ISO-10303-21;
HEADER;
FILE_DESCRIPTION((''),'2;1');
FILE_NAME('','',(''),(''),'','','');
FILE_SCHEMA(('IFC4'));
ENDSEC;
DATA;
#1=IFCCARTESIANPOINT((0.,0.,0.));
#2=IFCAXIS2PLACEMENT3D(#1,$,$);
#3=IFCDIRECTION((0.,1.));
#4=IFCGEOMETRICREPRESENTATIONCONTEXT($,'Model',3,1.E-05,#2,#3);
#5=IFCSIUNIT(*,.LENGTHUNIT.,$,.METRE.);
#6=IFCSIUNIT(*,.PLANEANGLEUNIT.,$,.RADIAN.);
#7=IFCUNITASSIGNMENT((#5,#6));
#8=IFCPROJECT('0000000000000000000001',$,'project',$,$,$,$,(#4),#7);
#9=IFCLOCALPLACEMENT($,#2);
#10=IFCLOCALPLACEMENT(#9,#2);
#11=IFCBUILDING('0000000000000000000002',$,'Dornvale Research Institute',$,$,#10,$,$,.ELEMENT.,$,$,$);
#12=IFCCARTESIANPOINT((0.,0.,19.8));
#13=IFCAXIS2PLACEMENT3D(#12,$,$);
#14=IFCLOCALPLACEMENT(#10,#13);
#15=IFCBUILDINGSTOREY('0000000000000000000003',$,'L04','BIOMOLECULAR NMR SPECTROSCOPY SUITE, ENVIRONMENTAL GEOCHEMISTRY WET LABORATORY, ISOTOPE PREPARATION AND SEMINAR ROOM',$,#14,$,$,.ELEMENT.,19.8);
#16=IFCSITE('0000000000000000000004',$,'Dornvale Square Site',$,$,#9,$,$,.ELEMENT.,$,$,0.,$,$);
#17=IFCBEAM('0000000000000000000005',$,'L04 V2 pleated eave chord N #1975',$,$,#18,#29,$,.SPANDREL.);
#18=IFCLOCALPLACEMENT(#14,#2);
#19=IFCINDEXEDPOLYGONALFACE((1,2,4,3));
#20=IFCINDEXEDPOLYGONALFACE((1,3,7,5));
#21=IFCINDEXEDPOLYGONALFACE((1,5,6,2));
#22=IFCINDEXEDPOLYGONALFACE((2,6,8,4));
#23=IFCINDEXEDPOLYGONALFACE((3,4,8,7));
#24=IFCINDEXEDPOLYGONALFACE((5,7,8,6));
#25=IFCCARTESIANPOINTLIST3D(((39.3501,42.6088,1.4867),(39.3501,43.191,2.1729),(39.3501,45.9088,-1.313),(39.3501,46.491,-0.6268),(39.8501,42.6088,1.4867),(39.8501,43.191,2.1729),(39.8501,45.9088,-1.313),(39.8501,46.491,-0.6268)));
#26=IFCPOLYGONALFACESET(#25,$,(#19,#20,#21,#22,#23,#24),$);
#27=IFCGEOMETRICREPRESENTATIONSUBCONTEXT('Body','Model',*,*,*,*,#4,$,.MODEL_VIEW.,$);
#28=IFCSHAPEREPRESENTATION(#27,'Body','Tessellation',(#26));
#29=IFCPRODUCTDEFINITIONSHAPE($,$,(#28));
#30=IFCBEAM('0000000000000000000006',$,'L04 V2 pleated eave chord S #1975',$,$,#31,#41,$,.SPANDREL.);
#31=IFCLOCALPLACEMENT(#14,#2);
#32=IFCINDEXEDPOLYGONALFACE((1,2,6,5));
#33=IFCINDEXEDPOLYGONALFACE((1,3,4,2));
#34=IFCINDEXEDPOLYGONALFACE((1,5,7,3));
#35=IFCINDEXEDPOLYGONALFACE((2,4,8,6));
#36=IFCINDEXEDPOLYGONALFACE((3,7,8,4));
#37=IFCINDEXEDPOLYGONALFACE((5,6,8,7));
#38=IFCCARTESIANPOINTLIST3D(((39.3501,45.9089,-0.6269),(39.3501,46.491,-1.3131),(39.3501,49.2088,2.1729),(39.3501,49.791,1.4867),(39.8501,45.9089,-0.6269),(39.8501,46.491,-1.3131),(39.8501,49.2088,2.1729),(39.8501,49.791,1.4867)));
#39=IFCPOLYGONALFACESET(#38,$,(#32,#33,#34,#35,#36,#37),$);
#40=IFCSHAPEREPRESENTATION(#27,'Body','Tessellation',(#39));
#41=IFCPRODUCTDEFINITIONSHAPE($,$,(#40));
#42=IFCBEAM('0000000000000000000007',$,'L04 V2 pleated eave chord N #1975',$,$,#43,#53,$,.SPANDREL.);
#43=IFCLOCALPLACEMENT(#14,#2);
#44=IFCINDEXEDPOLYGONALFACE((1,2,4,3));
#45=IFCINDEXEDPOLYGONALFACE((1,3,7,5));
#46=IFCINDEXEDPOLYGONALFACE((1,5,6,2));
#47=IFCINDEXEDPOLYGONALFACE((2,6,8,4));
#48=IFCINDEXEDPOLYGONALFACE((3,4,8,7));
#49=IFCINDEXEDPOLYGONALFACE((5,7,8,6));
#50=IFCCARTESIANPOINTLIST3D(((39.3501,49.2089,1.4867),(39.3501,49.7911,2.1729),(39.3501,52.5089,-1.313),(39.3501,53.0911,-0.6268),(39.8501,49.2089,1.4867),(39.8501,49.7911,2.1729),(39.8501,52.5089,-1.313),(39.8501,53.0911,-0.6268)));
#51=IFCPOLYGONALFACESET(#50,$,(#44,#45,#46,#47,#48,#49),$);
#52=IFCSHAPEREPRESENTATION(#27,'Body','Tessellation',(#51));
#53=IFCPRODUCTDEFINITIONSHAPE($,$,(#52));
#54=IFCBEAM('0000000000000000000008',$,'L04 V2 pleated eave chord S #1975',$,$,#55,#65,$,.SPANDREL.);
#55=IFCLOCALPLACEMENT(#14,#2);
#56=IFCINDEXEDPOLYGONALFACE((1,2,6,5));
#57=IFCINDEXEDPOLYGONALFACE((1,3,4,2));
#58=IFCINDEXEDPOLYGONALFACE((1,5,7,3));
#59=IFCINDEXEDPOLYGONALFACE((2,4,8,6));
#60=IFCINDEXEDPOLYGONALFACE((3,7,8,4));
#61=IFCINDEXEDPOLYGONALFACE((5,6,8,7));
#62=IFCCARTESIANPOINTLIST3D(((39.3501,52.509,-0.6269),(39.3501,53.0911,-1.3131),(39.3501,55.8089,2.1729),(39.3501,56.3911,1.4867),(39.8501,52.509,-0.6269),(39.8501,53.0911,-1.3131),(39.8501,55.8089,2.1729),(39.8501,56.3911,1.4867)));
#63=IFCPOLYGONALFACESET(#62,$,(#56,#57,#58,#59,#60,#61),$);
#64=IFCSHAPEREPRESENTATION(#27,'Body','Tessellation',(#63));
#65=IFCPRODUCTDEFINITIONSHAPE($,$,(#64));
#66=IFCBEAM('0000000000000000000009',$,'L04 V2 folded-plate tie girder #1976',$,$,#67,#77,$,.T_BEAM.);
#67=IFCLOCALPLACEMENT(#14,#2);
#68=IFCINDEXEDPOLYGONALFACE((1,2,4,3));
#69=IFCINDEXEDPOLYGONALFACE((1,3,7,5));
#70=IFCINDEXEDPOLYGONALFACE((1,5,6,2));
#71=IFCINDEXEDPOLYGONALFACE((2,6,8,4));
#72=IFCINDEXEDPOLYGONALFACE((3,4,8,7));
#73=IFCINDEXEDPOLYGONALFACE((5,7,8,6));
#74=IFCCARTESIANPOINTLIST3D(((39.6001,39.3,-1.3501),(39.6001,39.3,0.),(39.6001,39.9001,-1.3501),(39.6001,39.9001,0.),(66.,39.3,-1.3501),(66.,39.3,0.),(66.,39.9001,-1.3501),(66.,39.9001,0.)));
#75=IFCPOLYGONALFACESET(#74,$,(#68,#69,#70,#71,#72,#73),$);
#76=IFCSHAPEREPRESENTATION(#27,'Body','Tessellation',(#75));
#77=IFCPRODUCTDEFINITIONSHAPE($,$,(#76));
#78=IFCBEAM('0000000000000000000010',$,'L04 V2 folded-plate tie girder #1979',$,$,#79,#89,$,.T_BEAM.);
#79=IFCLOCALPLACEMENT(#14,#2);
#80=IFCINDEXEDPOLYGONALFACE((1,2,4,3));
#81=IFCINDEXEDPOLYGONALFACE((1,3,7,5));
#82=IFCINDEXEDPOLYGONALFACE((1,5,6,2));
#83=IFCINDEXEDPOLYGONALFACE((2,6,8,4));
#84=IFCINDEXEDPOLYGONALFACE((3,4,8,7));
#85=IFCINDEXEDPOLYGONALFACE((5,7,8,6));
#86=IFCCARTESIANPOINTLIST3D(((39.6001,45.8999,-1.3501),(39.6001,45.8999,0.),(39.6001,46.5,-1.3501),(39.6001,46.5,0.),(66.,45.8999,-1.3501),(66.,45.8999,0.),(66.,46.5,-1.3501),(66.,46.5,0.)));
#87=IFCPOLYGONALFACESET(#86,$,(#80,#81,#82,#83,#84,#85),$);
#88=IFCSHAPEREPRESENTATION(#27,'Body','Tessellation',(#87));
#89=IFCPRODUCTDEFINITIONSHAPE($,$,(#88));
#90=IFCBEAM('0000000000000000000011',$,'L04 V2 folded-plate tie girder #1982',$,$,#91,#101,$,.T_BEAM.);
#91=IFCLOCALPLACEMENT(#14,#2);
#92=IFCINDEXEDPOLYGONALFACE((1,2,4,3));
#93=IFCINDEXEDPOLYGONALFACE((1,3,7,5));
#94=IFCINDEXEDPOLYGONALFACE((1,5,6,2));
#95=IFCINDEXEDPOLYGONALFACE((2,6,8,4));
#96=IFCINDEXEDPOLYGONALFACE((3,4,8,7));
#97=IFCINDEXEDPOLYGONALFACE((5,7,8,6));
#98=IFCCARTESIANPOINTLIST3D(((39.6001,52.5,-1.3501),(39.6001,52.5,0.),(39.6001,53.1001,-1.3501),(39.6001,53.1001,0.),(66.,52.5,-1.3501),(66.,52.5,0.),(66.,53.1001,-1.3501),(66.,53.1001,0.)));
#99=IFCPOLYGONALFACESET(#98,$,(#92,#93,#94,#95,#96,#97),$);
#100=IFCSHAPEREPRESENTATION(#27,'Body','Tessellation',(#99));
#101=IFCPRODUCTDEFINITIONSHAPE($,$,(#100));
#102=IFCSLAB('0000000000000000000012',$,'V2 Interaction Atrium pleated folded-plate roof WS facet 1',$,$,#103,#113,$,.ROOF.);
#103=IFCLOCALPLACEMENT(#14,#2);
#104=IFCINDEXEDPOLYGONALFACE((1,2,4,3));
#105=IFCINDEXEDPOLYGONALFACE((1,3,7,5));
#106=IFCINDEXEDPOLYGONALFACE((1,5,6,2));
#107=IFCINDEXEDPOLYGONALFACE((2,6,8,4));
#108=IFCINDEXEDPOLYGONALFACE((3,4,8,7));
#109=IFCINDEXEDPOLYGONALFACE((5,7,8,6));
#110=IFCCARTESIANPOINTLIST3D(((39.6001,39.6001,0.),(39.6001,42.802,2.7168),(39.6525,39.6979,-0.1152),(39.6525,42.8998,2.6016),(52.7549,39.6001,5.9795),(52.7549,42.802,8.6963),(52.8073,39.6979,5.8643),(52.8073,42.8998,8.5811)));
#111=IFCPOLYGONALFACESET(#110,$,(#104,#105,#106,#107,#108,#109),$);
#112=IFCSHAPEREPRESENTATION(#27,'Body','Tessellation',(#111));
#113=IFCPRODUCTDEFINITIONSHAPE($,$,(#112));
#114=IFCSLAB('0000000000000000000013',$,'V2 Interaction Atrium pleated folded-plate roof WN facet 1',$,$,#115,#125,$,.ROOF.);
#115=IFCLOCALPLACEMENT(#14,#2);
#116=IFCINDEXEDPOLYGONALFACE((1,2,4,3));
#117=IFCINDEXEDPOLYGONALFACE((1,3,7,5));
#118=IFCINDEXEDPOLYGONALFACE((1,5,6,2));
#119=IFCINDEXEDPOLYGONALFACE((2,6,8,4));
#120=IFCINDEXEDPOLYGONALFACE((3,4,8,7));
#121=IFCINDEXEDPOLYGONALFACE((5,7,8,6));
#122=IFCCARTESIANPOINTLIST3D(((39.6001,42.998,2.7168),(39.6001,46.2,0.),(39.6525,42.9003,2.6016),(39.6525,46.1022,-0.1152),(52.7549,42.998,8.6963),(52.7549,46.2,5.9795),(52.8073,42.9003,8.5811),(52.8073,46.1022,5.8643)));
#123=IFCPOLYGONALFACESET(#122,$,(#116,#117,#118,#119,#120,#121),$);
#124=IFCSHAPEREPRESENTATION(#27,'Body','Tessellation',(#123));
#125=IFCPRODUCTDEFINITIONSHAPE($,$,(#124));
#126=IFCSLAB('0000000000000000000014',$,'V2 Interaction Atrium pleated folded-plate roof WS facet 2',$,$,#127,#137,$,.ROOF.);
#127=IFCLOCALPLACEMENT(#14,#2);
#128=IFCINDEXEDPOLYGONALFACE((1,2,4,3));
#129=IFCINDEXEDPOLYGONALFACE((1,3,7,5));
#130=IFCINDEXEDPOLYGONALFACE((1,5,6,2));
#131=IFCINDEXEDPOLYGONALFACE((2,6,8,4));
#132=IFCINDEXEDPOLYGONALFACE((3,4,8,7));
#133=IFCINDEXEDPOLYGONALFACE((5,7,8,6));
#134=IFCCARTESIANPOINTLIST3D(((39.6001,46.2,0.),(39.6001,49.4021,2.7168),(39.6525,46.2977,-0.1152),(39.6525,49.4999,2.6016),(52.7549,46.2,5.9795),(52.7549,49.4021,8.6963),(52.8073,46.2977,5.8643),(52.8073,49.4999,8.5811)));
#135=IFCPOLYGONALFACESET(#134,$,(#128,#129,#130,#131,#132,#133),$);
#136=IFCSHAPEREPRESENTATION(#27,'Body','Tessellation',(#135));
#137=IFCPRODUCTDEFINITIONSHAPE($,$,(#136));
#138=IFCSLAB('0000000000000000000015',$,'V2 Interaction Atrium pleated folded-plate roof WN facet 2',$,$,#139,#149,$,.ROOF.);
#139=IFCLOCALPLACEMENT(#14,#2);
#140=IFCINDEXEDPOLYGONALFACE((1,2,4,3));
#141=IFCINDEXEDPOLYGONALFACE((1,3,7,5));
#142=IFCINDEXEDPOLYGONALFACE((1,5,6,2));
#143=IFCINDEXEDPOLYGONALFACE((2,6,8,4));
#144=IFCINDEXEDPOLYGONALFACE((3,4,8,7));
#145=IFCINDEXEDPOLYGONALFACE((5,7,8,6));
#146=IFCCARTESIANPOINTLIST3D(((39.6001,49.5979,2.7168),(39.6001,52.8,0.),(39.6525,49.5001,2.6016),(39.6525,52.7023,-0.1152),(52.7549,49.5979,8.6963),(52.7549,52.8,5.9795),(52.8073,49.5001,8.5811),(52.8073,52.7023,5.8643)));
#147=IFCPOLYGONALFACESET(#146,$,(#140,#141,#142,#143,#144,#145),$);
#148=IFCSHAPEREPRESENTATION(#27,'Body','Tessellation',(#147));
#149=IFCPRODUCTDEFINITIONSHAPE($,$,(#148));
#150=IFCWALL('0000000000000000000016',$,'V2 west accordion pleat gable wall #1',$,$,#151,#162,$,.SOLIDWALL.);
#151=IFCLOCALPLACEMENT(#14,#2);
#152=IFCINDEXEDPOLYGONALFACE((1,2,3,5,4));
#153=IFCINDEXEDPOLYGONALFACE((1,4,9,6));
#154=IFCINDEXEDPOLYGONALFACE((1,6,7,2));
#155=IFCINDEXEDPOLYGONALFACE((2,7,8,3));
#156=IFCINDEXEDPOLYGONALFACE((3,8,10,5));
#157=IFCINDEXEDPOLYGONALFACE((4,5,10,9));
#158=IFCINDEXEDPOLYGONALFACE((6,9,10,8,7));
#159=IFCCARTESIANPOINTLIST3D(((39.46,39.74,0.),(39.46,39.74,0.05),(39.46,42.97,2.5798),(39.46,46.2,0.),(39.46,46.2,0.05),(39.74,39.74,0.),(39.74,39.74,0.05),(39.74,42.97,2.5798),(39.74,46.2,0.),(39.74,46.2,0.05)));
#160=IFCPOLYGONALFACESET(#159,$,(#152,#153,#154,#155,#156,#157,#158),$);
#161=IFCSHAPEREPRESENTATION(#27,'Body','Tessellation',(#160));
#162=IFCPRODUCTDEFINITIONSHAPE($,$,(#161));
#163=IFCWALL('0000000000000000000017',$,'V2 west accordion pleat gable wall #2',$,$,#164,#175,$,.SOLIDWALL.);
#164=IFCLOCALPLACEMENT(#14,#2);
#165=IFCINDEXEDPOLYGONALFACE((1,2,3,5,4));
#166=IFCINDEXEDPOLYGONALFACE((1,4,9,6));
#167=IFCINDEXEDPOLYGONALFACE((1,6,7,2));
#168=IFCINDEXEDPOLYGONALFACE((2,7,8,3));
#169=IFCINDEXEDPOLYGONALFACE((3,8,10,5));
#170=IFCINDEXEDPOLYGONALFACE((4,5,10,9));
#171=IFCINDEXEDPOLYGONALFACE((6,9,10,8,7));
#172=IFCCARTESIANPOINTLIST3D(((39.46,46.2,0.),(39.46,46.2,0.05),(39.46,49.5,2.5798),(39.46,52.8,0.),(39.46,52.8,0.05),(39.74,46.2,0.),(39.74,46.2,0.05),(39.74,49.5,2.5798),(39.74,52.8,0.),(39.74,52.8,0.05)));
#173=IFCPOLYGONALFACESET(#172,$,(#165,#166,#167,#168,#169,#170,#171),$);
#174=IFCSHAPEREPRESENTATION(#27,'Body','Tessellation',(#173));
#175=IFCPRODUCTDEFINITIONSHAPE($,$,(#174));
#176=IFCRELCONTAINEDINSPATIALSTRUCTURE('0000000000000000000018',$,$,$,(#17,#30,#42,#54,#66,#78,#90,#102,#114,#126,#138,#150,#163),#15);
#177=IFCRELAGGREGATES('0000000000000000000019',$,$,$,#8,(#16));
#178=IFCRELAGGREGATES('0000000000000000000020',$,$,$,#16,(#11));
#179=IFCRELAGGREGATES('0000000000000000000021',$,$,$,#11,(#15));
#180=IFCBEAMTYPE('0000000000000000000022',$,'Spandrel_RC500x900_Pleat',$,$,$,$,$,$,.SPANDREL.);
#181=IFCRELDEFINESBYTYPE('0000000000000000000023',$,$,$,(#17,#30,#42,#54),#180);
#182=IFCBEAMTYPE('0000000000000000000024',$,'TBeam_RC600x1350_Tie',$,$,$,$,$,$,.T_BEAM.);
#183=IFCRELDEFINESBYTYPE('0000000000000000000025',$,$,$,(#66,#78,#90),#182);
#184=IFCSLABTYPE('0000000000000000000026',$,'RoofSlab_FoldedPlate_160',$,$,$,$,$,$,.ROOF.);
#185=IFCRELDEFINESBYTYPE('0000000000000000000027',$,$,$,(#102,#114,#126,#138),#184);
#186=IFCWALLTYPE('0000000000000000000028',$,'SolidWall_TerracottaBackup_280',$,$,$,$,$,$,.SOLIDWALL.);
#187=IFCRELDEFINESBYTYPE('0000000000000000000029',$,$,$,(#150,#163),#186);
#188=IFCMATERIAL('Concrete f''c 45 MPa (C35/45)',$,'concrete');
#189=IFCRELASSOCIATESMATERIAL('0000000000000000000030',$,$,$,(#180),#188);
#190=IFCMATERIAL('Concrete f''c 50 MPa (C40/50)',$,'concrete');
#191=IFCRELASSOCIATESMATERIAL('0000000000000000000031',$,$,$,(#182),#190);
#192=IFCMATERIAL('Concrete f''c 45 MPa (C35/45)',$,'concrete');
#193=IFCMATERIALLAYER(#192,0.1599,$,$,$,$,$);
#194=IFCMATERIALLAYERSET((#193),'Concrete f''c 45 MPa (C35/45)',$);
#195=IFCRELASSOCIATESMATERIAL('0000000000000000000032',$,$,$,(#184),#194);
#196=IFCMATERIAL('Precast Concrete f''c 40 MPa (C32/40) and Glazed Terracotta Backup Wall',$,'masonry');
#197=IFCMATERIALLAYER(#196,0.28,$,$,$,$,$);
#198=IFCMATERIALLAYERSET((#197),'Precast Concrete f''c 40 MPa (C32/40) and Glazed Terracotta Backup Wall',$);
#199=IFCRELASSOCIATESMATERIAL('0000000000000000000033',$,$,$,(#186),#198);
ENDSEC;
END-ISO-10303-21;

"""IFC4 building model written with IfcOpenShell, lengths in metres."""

from ifc_helpers import new_model, si_unit, direction, frame, origin, origin_2d, place, context, subcontext, project, spatial, polyline, rectangle, outline, extrude, material, layer, layer_set, material_profile, profile_set, type_object, element, save


model = new_model("IFC4")

# Units and contexts
model_context = context("Model", 3, precision=1e-05, world=origin(), true_north=direction((0.0, 1.0)))
body_context = subcontext(model_context, "Body", "Model", "MODEL_VIEW")
ifc_project = project(units=[si_unit("LENGTHUNIT", "METRE"), si_unit("PLANEANGLEUNIT", "RADIAN")], contexts=[model_context])

# Site, building, storey
site_placement = place(None, origin())
site = spatial("IfcSite", under=ifc_project, at=site_placement, Name="Dornvale Square Site", CompositionType="ELEMENT", RefElevation=0.0)
building_placement = place(site_placement, origin())
building = spatial("IfcBuilding", under=site, at=building_placement, Name="Dornvale Research Institute", CompositionType="ELEMENT")
storey_placement = place(building_placement, frame((0.0, 0.0, 19.8)))
storey = spatial("IfcBuildingStorey", under=building, at=storey_placement, Name="L04", Description="BIOMOLECULAR NMR SPECTROSCOPY SUITE, ENVIRONMENTAL GEOCHEMISTRY WET LABORATORY, ISOTOPE PREPARATION AND SEMINAR ROOM", CompositionType="ELEMENT", Elevation=19.8)

# Beams
ifc_material_1 = material(Name="Concrete f'c 45 MPa (C35/45)", Category="concrete")
ifc_material_profile_1 = material_profile(ifc_material_1, rectangle(XDim=0.5, YDim=0.8999, at=origin_2d()), Name="RC 500x900")
ifc_profile_set_1 = profile_set([ifc_material_profile_1], Name="Concrete f'c 45 MPa (C35/45)")
beam_type_1 = type_object("IfcBeamType", Name="Spandrel_RC500x900_Pleat", PredefinedType="SPANDREL", material=ifc_profile_set_1)
for number, where, z_axis, x_axis, name in (
    (1, (39.6001, 42.8999, 1.8298), (0.0, 0.762536, -0.646946), (-1.0, 0.0, 0.0), "L04 V2 pleated eave chord N #1975"),
    (2, (39.6001, 46.2, -0.97), (0.0, 0.762536, 0.646946), (-1.0, 0.0, 0.0), "L04 V2 pleated eave chord S #1975"),
    (3, (39.6001, 49.5, 1.8298), (0.0, 0.762536, -0.646946), (-1.0, 0.0, 0.0), "L04 V2 pleated eave chord N #1975"),
    (4, (39.6001, 52.8, -0.97), (0.0, 0.762536, 0.646946), (-1.0, 0.0, 0.0), "L04 V2 pleated eave chord S #1975"),
):
    element("IfcBeam", number, at=place(storey_placement, frame(where, z_axis=z_axis, x_axis=x_axis)), inside=storey, type_object=beam_type_1, Name=name, PredefinedType="SPANDREL", context=body_context, shape_type="SweptSolid", body=[
        extrude(rectangle(XDim=0.5, YDim=0.8999, at=origin_2d()), origin(), (0.0, 0.0, 1.0), 4.3276),
    ])
ifc_material_2 = material(Name="Concrete f'c 50 MPa (C40/50)", Category="concrete")
ifc_material_profile_2 = material_profile(ifc_material_2, rectangle(XDim=0.6001, YDim=1.3501, at=origin_2d()), Name="RC 600x1350")
ifc_profile_set_2 = profile_set([ifc_material_profile_2], Name="Concrete f'c 50 MPa (C40/50)")
beam_type_2 = type_object("IfcBeamType", Name="TBeam_RC600x1350_Tie", PredefinedType="T_BEAM", material=ifc_profile_set_2)
for number, where, z_axis, x_axis, name in (
    (5, (39.6001, 39.6001, -0.675), (1.0, 0.0, 0.0), (0.0, 1.0, 0.0), "L04 V2 folded-plate tie girder #1976"),
    (6, (39.6001, 46.2, -0.675), (1.0, 0.0, 0.0), (0.0, 1.0, 0.0), "L04 V2 folded-plate tie girder #1979"),
    (7, (39.6001, 52.8, -0.675), (1.0, 0.0, 0.0), (0.0, 1.0, 0.0), "L04 V2 folded-plate tie girder #1982"),
):
    element("IfcBeam", number, at=place(storey_placement, frame(where, z_axis=z_axis, x_axis=x_axis)), inside=storey, type_object=beam_type_2, Name=name, PredefinedType="T_BEAM", context=body_context, shape_type="SweptSolid", body=[
        extrude(rectangle(XDim=0.6001, YDim=1.3501, at=origin_2d()), origin(), (0.0, 0.0, 1.0), 26.3999),
    ])

# Slabs
ifc_material_3 = material(Name="Concrete f'c 45 MPa (C35/45)", Category="concrete")
ifc_layer_1 = layer(ifc_material_3, 0.1599)
ifc_layer_set_1 = layer_set([ifc_layer_1], Name="Concrete f'c 45 MPa (C35/45)")
slab_type = type_object("IfcSlabType", Name="RoofSlab_FoldedPlate_160", PredefinedType="ROOF", material=ifc_layer_set_1)
slab_1_placement = place(storey_placement, frame((39.6001, 39.6001, 0.0), z_axis=(-0.327484, -0.611305, 0.720459), x_axis=(0.910365, 0.0, 0.413805)))
element("IfcSlab", 8, at=slab_1_placement, inside=storey, type_object=slab_type, Name="V2 Interaction Atrium pleated folded-plate roof WS facet 1", PredefinedType="ROOF", context=body_context, shape_type="SweptSolid", body=[
    extrude(outline(polyline([(0.0, 0.0), (14.45, 0.0), (15.5742, 4.0459), (1.1242, 4.0459), (0.0, 0.0)])), origin(), (0.0, 0.0, -1.0), 0.1599),
])
slab_2_placement = place(storey_placement, frame((39.6001, 42.998, 2.7168), z_axis=(-0.327484, 0.611305, 0.720459), x_axis=(0.910365, 0.0, 0.413805)))
element("IfcSlab", 9, at=slab_2_placement, inside=storey, type_object=slab_type, Name="V2 Interaction Atrium pleated folded-plate roof WN facet 1", PredefinedType="ROOF", context=body_context, shape_type="SweptSolid", body=[
    extrude(outline(polyline([(0.0, 0.0), (14.45, 0.0), (13.3258, 4.0459), (-1.1242, 4.0459), (0.0, 0.0)])), origin(), (0.0, 0.0, -1.0), 0.1599),
])
slab_3_placement = place(storey_placement, frame((39.6001, 46.2, 0.0), z_axis=(-0.327493, -0.611276, 0.720479), x_axis=(0.910365, 0.0, 0.413805)))
element("IfcSlab", 10, at=slab_3_placement, inside=storey, type_object=slab_type, Name="V2 Interaction Atrium pleated folded-plate roof WS facet 2", PredefinedType="ROOF", context=body_context, shape_type="SweptSolid", body=[
    extrude(outline(polyline([(0.0, 0.0), (14.45, 0.0), (15.5742, 4.0461), (1.1242, 4.0461), (0.0, 0.0)])), origin(), (0.0, 0.0, -1.0), 0.1599),
])
slab_4_placement = place(storey_placement, frame((39.6001, 49.5979, 2.7168), z_axis=(-0.327493, 0.611276, 0.720479), x_axis=(0.910365, 0.0, 0.413805)))
element("IfcSlab", 11, at=slab_4_placement, inside=storey, type_object=slab_type, Name="V2 Interaction Atrium pleated folded-plate roof WN facet 2", PredefinedType="ROOF", context=body_context, shape_type="SweptSolid", body=[
    extrude(outline(polyline([(0.0, 0.0), (14.45, 0.0), (13.3258, 4.0461), (-1.1242, 4.0461), (0.0, 0.0)])), origin(), (0.0, 0.0, -1.0), 0.1599),
])

# Walls
ifc_material_4 = material(Name="Precast Concrete f'c 40 MPa (C32/40) and Glazed Terracotta Backup Wall", Category="masonry")
ifc_layer_2 = layer(ifc_material_4, 0.28)
ifc_layer_set_2 = layer_set([ifc_layer_2], Name="Precast Concrete f'c 40 MPa (C32/40) and Glazed Terracotta Backup Wall")
wall_type = type_object("IfcWallType", Name="SolidWall_TerracottaBackup_280", PredefinedType="SOLIDWALL", material=ifc_layer_set_2)
wall_1_placement = place(storey_placement, frame((39.6001, 39.74, 0.0), z_axis=(0.0, 0.0, 1.0), x_axis=(0.0, 1.0, 0.0)))
element("IfcWall", 12, at=wall_1_placement, inside=storey, type_object=wall_type, Name="V2 west accordion pleat gable wall #1", PredefinedType="SOLIDWALL", context=body_context, shape_type="SweptSolid", body=[
    extrude(outline(polyline([(0.0, 0.0), (6.46, 0.0), (6.46, 0.05), (3.23, 2.5798), (0.0, 0.05), (0.0, 0.0)])), frame((0.0, 0.1401, 0.0), z_axis=(0.0, -1.0, 0.0), x_axis=(1.0, 0.0, 0.0)), (0.0, 0.0, 1.0), 0.28),
])
wall_2_placement = place(storey_placement, frame((39.6001, 46.2, 0.0), z_axis=(0.0, 0.0, 1.0), x_axis=(0.0, 1.0, 0.0)))
element("IfcWall", 13, at=wall_2_placement, inside=storey, type_object=wall_type, Name="V2 west accordion pleat gable wall #2", PredefinedType="SOLIDWALL", context=body_context, shape_type="SweptSolid", body=[
    extrude(outline(polyline([(0.0, 0.0), (6.6001, 0.0), (6.6001, 0.05), (3.3, 2.5798), (0.0, 0.05), (0.0, 0.0)])), frame((0.0, 0.1401, 0.0), z_axis=(0.0, -1.0, 0.0), x_axis=(1.0, 0.0, 0.0)), (0.0, 0.0, 1.0), 0.28),
])

save(model, "model.ifc")
